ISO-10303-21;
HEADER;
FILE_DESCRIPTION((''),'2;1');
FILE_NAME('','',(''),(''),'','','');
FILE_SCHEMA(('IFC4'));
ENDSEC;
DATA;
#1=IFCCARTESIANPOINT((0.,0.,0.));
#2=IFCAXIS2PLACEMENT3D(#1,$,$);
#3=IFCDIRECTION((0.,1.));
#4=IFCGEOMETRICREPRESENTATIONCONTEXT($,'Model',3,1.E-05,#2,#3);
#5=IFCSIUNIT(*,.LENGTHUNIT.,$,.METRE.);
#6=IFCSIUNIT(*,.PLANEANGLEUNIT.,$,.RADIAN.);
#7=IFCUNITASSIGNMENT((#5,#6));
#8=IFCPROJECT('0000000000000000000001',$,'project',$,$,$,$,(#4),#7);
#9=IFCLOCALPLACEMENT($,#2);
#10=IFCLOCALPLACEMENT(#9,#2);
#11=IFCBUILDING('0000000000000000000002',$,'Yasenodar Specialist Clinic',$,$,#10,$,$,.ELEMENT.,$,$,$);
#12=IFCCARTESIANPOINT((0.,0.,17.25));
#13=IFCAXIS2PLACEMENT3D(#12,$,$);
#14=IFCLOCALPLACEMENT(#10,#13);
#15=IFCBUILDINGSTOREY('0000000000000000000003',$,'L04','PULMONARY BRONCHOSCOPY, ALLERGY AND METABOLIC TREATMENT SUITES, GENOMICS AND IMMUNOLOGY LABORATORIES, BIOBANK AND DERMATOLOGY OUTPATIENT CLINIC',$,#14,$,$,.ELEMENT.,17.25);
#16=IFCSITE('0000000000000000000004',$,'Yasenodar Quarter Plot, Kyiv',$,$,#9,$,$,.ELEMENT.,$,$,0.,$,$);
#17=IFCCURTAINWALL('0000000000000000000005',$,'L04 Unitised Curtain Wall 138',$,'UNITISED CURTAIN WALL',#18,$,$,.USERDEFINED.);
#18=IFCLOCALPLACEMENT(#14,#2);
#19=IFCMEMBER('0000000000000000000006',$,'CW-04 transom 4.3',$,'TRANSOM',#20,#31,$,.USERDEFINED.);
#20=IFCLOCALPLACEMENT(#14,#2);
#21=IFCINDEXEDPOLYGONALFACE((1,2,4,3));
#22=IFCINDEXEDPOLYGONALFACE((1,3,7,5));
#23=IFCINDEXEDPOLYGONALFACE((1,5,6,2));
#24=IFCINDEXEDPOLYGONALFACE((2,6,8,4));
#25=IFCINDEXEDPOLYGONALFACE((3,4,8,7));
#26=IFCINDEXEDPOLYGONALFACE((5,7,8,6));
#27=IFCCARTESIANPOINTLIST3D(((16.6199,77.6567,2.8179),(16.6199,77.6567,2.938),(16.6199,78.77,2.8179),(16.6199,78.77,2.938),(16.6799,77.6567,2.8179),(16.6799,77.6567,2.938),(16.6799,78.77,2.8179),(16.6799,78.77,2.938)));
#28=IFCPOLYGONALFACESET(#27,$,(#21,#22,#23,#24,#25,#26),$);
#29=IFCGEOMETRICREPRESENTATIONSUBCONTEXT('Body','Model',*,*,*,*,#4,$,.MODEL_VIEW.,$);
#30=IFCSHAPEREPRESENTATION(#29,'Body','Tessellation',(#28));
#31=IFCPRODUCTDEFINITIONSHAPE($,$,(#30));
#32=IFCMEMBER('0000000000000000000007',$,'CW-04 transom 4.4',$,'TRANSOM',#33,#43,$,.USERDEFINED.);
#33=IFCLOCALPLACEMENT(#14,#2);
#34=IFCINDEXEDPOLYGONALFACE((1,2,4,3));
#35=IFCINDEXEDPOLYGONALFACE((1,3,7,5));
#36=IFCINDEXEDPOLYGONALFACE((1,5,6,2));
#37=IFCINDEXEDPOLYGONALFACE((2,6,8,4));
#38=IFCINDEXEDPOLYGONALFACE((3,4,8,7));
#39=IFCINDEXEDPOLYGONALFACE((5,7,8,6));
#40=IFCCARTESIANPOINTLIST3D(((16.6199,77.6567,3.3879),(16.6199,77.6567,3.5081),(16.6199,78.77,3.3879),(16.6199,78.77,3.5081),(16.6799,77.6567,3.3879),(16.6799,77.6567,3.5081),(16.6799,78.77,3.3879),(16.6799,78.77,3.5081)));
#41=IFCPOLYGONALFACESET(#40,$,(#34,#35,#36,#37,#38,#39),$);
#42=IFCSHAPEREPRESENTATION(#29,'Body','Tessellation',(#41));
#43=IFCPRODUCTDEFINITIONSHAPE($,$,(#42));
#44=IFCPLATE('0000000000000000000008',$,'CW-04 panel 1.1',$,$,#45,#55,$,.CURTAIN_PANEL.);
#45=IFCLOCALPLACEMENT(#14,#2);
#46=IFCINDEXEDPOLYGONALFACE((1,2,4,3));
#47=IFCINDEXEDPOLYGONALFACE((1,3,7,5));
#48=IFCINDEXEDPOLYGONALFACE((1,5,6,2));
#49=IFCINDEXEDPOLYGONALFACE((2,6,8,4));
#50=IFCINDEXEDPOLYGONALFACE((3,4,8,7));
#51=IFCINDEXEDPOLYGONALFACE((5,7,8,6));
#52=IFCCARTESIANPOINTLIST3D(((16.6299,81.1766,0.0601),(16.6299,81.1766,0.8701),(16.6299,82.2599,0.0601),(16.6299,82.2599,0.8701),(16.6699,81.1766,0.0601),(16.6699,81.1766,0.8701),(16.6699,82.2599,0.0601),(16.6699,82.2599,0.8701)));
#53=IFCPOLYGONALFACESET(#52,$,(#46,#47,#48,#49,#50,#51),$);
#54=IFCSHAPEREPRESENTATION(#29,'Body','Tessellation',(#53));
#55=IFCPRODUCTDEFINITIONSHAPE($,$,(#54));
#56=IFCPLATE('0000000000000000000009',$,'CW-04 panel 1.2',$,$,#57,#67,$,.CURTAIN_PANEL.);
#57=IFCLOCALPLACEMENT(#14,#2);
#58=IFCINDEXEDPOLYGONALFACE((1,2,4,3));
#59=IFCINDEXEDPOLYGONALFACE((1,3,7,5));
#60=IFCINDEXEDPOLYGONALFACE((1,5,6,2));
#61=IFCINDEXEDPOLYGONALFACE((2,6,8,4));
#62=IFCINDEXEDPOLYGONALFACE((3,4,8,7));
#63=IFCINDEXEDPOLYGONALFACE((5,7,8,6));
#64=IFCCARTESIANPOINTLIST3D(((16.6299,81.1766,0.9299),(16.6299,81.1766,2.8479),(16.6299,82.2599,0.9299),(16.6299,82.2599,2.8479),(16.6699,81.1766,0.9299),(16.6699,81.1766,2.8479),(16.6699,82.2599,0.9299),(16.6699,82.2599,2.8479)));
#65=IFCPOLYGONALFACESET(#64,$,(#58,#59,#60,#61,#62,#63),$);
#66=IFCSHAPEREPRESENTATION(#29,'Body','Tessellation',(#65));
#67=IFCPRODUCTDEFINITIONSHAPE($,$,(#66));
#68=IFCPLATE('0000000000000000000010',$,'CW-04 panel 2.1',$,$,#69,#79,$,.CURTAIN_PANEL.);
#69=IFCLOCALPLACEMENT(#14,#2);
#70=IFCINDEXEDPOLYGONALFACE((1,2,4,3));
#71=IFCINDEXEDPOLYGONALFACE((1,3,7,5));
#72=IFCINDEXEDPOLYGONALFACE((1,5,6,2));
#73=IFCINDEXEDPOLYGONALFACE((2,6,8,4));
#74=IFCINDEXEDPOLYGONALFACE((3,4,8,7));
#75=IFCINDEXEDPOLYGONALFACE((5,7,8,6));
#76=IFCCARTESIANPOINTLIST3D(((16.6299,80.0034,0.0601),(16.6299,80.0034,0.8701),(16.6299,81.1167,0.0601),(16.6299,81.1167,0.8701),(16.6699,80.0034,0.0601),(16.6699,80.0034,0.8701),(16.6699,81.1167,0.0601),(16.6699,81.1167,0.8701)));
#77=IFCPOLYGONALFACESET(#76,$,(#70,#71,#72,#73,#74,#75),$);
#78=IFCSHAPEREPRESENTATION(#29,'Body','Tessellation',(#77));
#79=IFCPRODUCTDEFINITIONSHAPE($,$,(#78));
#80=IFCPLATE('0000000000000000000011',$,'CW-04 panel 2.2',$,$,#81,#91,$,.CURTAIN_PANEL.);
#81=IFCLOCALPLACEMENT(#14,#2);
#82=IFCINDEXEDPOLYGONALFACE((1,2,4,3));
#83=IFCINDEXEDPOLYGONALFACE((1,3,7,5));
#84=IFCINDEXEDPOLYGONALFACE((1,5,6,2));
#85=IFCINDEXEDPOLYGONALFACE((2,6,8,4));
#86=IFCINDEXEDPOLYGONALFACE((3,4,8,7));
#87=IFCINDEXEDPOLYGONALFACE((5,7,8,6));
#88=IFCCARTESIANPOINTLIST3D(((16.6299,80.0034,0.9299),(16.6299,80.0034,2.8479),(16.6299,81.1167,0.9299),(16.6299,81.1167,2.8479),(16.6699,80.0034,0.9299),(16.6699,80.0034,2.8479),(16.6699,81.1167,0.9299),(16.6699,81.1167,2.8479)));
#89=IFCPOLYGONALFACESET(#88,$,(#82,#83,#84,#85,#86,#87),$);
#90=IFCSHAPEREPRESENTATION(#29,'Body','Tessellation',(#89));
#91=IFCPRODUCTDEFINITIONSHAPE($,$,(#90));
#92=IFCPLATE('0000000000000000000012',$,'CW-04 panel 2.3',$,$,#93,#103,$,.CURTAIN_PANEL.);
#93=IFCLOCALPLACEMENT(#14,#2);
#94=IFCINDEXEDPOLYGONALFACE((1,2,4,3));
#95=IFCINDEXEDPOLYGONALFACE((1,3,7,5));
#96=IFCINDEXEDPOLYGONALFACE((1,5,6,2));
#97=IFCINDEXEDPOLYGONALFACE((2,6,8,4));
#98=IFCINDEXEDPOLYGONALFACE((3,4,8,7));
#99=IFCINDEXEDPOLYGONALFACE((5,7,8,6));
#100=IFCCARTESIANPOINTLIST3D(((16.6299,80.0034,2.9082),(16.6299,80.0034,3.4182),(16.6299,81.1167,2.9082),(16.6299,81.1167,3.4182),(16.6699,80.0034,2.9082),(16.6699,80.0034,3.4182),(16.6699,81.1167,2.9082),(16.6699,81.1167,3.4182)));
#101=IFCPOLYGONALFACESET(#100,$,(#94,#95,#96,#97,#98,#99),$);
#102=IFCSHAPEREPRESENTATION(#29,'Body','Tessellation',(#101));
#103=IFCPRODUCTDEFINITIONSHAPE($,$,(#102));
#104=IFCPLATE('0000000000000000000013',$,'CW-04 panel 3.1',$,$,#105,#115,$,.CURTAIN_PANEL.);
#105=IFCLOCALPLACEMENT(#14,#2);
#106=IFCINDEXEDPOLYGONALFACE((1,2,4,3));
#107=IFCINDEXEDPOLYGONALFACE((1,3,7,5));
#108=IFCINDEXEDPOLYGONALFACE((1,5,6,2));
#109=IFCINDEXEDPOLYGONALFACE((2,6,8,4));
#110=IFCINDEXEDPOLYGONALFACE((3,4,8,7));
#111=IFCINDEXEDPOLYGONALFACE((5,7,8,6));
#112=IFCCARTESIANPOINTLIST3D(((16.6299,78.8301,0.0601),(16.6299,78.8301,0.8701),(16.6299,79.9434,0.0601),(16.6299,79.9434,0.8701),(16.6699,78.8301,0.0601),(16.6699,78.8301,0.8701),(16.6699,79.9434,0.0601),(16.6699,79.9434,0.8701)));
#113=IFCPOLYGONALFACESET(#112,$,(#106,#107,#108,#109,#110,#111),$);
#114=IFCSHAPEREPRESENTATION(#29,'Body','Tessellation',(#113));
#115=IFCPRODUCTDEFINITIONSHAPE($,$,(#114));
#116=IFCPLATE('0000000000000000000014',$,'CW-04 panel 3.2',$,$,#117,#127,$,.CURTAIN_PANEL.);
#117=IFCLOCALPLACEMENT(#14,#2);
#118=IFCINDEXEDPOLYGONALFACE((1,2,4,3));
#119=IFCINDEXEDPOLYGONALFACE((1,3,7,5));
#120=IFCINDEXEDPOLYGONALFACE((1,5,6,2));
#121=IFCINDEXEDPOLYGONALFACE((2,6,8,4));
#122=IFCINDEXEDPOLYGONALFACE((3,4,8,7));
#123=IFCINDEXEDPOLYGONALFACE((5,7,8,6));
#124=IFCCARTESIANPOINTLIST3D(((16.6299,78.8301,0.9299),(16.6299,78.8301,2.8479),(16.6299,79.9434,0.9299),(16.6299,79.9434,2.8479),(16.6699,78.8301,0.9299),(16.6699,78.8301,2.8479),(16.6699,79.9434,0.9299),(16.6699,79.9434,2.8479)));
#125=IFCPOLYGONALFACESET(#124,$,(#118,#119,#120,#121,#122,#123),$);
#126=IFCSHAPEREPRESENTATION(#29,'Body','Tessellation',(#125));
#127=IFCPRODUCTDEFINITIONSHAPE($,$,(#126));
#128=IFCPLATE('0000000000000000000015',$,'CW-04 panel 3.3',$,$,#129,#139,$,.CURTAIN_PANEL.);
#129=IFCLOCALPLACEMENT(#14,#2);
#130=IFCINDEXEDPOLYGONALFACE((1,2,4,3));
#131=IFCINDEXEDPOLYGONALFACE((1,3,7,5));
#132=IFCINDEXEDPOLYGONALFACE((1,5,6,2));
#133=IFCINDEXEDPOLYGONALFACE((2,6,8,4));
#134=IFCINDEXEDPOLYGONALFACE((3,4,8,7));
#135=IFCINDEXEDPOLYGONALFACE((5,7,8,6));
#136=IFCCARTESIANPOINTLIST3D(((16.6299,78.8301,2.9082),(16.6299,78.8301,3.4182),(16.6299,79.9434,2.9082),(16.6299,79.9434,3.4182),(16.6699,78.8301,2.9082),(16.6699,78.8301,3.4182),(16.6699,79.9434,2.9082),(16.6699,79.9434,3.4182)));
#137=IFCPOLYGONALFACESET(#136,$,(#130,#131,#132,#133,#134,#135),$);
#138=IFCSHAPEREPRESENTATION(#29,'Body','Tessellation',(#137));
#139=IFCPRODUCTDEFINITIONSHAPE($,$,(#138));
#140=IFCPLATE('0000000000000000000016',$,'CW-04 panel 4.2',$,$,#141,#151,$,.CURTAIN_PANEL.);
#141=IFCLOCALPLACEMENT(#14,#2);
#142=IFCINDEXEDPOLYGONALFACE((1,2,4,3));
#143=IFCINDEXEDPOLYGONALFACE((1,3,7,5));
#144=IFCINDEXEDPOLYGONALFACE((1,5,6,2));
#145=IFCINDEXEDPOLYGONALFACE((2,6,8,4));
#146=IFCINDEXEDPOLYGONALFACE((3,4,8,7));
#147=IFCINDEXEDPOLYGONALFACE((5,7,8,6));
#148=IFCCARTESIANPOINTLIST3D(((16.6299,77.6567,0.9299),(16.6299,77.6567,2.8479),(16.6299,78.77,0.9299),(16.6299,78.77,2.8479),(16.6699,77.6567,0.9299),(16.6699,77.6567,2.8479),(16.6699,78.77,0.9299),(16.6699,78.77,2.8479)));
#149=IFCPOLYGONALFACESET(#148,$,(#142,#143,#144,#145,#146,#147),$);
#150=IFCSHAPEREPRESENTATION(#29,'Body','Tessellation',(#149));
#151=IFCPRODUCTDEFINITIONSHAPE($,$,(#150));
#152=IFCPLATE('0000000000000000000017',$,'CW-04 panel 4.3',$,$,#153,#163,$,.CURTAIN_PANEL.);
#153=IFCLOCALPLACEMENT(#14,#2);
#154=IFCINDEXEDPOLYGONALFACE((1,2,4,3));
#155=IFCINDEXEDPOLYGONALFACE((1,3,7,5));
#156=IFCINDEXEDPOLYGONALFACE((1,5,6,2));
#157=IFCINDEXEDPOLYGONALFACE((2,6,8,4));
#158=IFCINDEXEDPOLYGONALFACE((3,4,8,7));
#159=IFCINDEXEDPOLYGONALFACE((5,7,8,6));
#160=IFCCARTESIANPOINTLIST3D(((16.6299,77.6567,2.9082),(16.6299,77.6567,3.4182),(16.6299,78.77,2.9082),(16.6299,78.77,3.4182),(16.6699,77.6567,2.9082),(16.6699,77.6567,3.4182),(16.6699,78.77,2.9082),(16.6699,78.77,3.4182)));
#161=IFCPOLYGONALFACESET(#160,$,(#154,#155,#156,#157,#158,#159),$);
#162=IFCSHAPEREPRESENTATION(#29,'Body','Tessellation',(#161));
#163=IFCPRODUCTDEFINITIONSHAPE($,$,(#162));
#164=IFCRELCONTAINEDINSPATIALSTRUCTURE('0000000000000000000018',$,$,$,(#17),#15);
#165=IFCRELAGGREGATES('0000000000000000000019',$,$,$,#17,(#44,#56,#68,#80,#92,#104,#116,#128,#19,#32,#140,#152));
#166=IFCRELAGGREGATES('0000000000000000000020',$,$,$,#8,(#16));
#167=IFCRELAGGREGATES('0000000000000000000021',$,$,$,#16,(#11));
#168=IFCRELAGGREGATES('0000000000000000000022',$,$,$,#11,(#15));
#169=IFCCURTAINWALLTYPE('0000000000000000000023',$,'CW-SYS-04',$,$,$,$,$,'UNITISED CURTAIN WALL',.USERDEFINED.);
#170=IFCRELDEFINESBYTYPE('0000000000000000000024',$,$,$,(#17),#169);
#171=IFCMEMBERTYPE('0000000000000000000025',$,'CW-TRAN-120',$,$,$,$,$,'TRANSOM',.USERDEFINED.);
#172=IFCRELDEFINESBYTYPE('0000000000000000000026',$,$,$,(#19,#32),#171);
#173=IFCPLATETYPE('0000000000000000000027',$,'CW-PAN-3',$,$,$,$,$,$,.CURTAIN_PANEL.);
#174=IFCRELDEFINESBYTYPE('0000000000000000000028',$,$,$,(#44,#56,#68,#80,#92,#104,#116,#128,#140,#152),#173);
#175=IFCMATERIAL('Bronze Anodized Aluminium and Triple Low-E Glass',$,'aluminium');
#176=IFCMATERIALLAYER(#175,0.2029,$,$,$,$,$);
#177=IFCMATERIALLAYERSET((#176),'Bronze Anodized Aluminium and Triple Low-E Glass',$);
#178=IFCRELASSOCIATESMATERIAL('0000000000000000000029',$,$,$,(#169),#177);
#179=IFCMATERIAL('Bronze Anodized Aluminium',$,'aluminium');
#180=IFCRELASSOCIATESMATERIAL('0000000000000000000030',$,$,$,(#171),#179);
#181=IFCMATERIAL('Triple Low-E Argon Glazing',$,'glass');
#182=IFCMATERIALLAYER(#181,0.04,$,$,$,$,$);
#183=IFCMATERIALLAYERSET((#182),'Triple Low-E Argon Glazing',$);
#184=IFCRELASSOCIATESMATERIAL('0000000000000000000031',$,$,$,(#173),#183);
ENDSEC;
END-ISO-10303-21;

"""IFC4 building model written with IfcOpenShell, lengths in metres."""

from ifc_helpers import new_model, si_unit, direction, frame, origin, origin_2d, place, context, subcontext, project, spatial, rectangle, extrude, material, layer, layer_set, material_profile, profile_set, type_object, element, aggregate, save


model = new_model("IFC4")

# Units and contexts
model_context = context("Model", 3, precision=1e-05, world=origin(), true_north=direction((0.0, 1.0)))
body_context = subcontext(model_context, "Body", "Model", "MODEL_VIEW")
ifc_project = project(units=[si_unit("LENGTHUNIT", "METRE"), si_unit("PLANEANGLEUNIT", "RADIAN")], contexts=[model_context])

# Site, building, storey
site_placement = place(None, origin())
site = spatial("IfcSite", under=ifc_project, at=site_placement, Name="Yasenodar Quarter Plot, Kyiv", CompositionType="ELEMENT", RefElevation=0.0)
building_placement = place(site_placement, origin())
building = spatial("IfcBuilding", under=site, at=building_placement, Name="Yasenodar Specialist Clinic", CompositionType="ELEMENT")
storey_placement = place(building_placement, frame((0.0, 0.0, 17.25)))
storey = spatial("IfcBuildingStorey", under=building, at=storey_placement, Name="L04", Description="PULMONARY BRONCHOSCOPY, ALLERGY AND METABOLIC TREATMENT SUITES, GENOMICS AND IMMUNOLOGY LABORATORIES, BIOBANK AND DERMATOLOGY OUTPATIENT CLINIC", CompositionType="ELEMENT", Elevation=17.25)

# Curtain wall, members, plates
ifc_material_1 = material(Name="Bronze Anodized Aluminium and Triple Low-E Glass", Category="aluminium")
ifc_layer_1 = layer(ifc_material_1, 0.2029)
ifc_layer_set_1 = layer_set([ifc_layer_1], Name="Bronze Anodized Aluminium and Triple Low-E Glass")
curtain_wall_type = type_object("IfcCurtainWallType", Name="CW-SYS-04", ElementType="UNITISED CURTAIN WALL", PredefinedType="USERDEFINED", material=ifc_layer_set_1)
curtain_wall_placement = place(storey_placement, origin())
curtain_wall = element("IfcCurtainWall", 1, at=curtain_wall_placement, inside=storey, type_object=curtain_wall_type, Name="L04 Unitised Curtain Wall 138", ObjectType="UNITISED CURTAIN WALL", PredefinedType="USERDEFINED")
ifc_material_2 = material(Name="Bronze Anodized Aluminium", Category="aluminium")
ifc_material_profile_1 = material_profile(ifc_material_2, rectangle(XDim=0.0601, YDim=0.1201, at=origin_2d()), Name="CW-TRAN 60x120")
ifc_profile_set_1 = profile_set([ifc_material_profile_1], Name="Bronze Anodized Aluminium")
member_type_1 = type_object("IfcMemberType", Name="CW-TRAN-120", ElementType="TRANSOM", PredefinedType="USERDEFINED", material=ifc_profile_set_1)
member_1_placement = place(storey_placement, frame((16.6499, 78.77, 2.8779), z_axis=(0.0, -1.0, 0.0), x_axis=(1.0, 0.0, 0.0)))
member_1 = element("IfcMember", 2, at=member_1_placement, type_object=member_type_1, Name="CW-04 transom 4.3", ObjectType="TRANSOM", PredefinedType="USERDEFINED", context=body_context, shape_type="SweptSolid", body=[
    extrude(rectangle(XDim=0.0601, YDim=0.1201, at=origin_2d()), origin(), (0.0, 0.0, 1.0), 1.1133),
])
member_2_placement = place(storey_placement, frame((16.6499, 78.77, 3.448), z_axis=(0.0, -1.0, 0.0), x_axis=(1.0, 0.0, 0.0)))
member_2 = element("IfcMember", 3, at=member_2_placement, type_object=member_type_1, Name="CW-04 transom 4.4", ObjectType="TRANSOM", PredefinedType="USERDEFINED", context=body_context, shape_type="SweptSolid", body=[
    extrude(rectangle(XDim=0.0601, YDim=0.1201, at=origin_2d()), origin(), (0.0, 0.0, 1.0), 1.1133),
])
ifc_material_3 = material(Name="Triple Low-E Argon Glazing", Category="glass")
ifc_layer_2 = layer(ifc_material_3, 0.04)
ifc_layer_set_2 = layer_set([ifc_layer_2], Name="Triple Low-E Argon Glazing")
plate_type = type_object("IfcPlateType", Name="CW-PAN-3", PredefinedType="CURTAIN_PANEL", material=ifc_layer_set_2)
plate_1_placement = place(storey_placement, frame((16.6499, 81.7183, 0.0601), z_axis=(0.0, 0.0, 1.0), x_axis=(0.0, -1.0, 0.0)))
plate_1 = element("IfcPlate", 4, at=plate_1_placement, type_object=plate_type, Name="CW-04 panel 1.1", PredefinedType="CURTAIN_PANEL", context=body_context, shape_type="SweptSolid", body=[
    extrude(rectangle(XDim=1.0833, YDim=0.04, at=origin_2d()), origin(), (0.0, 0.0, 1.0), 0.8101),
])
plate_2_placement = place(storey_placement, frame((16.6499, 81.7183, 0.9299), z_axis=(0.0, 0.0, 1.0), x_axis=(0.0, -1.0, 0.0)))
plate_2 = element("IfcPlate", 5, at=plate_2_placement, type_object=plate_type, Name="CW-04 panel 1.2", PredefinedType="CURTAIN_PANEL", context=body_context, shape_type="SweptSolid", body=[
    extrude(rectangle(XDim=1.0833, YDim=0.04, at=origin_2d()), origin(), (0.0, 0.0, 1.0), 1.918),
])
plate_3_placement = place(storey_placement, frame((16.6499, 80.5601, 0.0601), z_axis=(0.0, 0.0, 1.0), x_axis=(0.0, -1.0, 0.0)))
plate_3 = element("IfcPlate", 6, at=plate_3_placement, type_object=plate_type, Name="CW-04 panel 2.1", PredefinedType="CURTAIN_PANEL", context=body_context, shape_type="SweptSolid", body=[
    extrude(rectangle(XDim=1.1133, YDim=0.04, at=origin_2d()), origin(), (0.0, 0.0, 1.0), 0.8101),
])
plate_4_placement = place(storey_placement, frame((16.6499, 80.5601, 0.9299), z_axis=(0.0, 0.0, 1.0), x_axis=(0.0, -1.0, 0.0)))
plate_4 = element("IfcPlate", 7, at=plate_4_placement, type_object=plate_type, Name="CW-04 panel 2.2", PredefinedType="CURTAIN_PANEL", context=body_context, shape_type="SweptSolid", body=[
    extrude(rectangle(XDim=1.1133, YDim=0.04, at=origin_2d()), origin(), (0.0, 0.0, 1.0), 1.918),
])
plate_5_placement = place(storey_placement, frame((16.6499, 80.5601, 2.9082), z_axis=(0.0, 0.0, 1.0), x_axis=(0.0, -1.0, 0.0)))
plate_5 = element("IfcPlate", 8, at=plate_5_placement, type_object=plate_type, Name="CW-04 panel 2.3", PredefinedType="CURTAIN_PANEL", context=body_context, shape_type="SweptSolid", body=[
    extrude(rectangle(XDim=1.1133, YDim=0.04, at=origin_2d()), origin(), (0.0, 0.0, 1.0), 0.51),
])
plate_6_placement = place(storey_placement, frame((16.6499, 79.3867, 0.0601), z_axis=(0.0, 0.0, 1.0), x_axis=(0.0, -1.0, 0.0)))
plate_6 = element("IfcPlate", 9, at=plate_6_placement, type_object=plate_type, Name="CW-04 panel 3.1", PredefinedType="CURTAIN_PANEL", context=body_context, shape_type="SweptSolid", body=[
    extrude(rectangle(XDim=1.1133, YDim=0.04, at=origin_2d()), origin(), (0.0, 0.0, 1.0), 0.8101),
])
plate_7_placement = place(storey_placement, frame((16.6499, 79.3867, 0.9299), z_axis=(0.0, 0.0, 1.0), x_axis=(0.0, -1.0, 0.0)))
plate_7 = element("IfcPlate", 10, at=plate_7_placement, type_object=plate_type, Name="CW-04 panel 3.2", PredefinedType="CURTAIN_PANEL", context=body_context, shape_type="SweptSolid", body=[
    extrude(rectangle(XDim=1.1133, YDim=0.04, at=origin_2d()), origin(), (0.0, 0.0, 1.0), 1.918),
])
plate_8_placement = place(storey_placement, frame((16.6499, 79.3867, 2.9082), z_axis=(0.0, 0.0, 1.0), x_axis=(0.0, -1.0, 0.0)))
plate_8 = element("IfcPlate", 11, at=plate_8_placement, type_object=plate_type, Name="CW-04 panel 3.3", PredefinedType="CURTAIN_PANEL", context=body_context, shape_type="SweptSolid", body=[
    extrude(rectangle(XDim=1.1133, YDim=0.04, at=origin_2d()), origin(), (0.0, 0.0, 1.0), 0.51),
])
plate_9_placement = place(storey_placement, frame((16.6499, 78.2134, 0.9299), z_axis=(0.0, 0.0, 1.0), x_axis=(0.0, -1.0, 0.0)))
plate_9 = element("IfcPlate", 12, at=plate_9_placement, type_object=plate_type, Name="CW-04 panel 4.2", PredefinedType="CURTAIN_PANEL", context=body_context, shape_type="SweptSolid", body=[
    extrude(rectangle(XDim=1.1133, YDim=0.04, at=origin_2d()), origin(), (0.0, 0.0, 1.0), 1.918),
])
plate_10_placement = place(storey_placement, frame((16.6499, 78.2134, 2.9082), z_axis=(0.0, 0.0, 1.0), x_axis=(0.0, -1.0, 0.0)))
plate_10 = element("IfcPlate", 13, at=plate_10_placement, type_object=plate_type, Name="CW-04 panel 4.3", PredefinedType="CURTAIN_PANEL", context=body_context, shape_type="SweptSolid", body=[
    extrude(rectangle(XDim=1.1133, YDim=0.04, at=origin_2d()), origin(), (0.0, 0.0, 1.0), 0.51),
])
aggregate(curtain_wall, [plate_1, plate_2, plate_3, plate_4, plate_5, plate_6, plate_7, plate_8, member_1, member_2, plate_9, plate_10])

save(model, "model.ifc")
